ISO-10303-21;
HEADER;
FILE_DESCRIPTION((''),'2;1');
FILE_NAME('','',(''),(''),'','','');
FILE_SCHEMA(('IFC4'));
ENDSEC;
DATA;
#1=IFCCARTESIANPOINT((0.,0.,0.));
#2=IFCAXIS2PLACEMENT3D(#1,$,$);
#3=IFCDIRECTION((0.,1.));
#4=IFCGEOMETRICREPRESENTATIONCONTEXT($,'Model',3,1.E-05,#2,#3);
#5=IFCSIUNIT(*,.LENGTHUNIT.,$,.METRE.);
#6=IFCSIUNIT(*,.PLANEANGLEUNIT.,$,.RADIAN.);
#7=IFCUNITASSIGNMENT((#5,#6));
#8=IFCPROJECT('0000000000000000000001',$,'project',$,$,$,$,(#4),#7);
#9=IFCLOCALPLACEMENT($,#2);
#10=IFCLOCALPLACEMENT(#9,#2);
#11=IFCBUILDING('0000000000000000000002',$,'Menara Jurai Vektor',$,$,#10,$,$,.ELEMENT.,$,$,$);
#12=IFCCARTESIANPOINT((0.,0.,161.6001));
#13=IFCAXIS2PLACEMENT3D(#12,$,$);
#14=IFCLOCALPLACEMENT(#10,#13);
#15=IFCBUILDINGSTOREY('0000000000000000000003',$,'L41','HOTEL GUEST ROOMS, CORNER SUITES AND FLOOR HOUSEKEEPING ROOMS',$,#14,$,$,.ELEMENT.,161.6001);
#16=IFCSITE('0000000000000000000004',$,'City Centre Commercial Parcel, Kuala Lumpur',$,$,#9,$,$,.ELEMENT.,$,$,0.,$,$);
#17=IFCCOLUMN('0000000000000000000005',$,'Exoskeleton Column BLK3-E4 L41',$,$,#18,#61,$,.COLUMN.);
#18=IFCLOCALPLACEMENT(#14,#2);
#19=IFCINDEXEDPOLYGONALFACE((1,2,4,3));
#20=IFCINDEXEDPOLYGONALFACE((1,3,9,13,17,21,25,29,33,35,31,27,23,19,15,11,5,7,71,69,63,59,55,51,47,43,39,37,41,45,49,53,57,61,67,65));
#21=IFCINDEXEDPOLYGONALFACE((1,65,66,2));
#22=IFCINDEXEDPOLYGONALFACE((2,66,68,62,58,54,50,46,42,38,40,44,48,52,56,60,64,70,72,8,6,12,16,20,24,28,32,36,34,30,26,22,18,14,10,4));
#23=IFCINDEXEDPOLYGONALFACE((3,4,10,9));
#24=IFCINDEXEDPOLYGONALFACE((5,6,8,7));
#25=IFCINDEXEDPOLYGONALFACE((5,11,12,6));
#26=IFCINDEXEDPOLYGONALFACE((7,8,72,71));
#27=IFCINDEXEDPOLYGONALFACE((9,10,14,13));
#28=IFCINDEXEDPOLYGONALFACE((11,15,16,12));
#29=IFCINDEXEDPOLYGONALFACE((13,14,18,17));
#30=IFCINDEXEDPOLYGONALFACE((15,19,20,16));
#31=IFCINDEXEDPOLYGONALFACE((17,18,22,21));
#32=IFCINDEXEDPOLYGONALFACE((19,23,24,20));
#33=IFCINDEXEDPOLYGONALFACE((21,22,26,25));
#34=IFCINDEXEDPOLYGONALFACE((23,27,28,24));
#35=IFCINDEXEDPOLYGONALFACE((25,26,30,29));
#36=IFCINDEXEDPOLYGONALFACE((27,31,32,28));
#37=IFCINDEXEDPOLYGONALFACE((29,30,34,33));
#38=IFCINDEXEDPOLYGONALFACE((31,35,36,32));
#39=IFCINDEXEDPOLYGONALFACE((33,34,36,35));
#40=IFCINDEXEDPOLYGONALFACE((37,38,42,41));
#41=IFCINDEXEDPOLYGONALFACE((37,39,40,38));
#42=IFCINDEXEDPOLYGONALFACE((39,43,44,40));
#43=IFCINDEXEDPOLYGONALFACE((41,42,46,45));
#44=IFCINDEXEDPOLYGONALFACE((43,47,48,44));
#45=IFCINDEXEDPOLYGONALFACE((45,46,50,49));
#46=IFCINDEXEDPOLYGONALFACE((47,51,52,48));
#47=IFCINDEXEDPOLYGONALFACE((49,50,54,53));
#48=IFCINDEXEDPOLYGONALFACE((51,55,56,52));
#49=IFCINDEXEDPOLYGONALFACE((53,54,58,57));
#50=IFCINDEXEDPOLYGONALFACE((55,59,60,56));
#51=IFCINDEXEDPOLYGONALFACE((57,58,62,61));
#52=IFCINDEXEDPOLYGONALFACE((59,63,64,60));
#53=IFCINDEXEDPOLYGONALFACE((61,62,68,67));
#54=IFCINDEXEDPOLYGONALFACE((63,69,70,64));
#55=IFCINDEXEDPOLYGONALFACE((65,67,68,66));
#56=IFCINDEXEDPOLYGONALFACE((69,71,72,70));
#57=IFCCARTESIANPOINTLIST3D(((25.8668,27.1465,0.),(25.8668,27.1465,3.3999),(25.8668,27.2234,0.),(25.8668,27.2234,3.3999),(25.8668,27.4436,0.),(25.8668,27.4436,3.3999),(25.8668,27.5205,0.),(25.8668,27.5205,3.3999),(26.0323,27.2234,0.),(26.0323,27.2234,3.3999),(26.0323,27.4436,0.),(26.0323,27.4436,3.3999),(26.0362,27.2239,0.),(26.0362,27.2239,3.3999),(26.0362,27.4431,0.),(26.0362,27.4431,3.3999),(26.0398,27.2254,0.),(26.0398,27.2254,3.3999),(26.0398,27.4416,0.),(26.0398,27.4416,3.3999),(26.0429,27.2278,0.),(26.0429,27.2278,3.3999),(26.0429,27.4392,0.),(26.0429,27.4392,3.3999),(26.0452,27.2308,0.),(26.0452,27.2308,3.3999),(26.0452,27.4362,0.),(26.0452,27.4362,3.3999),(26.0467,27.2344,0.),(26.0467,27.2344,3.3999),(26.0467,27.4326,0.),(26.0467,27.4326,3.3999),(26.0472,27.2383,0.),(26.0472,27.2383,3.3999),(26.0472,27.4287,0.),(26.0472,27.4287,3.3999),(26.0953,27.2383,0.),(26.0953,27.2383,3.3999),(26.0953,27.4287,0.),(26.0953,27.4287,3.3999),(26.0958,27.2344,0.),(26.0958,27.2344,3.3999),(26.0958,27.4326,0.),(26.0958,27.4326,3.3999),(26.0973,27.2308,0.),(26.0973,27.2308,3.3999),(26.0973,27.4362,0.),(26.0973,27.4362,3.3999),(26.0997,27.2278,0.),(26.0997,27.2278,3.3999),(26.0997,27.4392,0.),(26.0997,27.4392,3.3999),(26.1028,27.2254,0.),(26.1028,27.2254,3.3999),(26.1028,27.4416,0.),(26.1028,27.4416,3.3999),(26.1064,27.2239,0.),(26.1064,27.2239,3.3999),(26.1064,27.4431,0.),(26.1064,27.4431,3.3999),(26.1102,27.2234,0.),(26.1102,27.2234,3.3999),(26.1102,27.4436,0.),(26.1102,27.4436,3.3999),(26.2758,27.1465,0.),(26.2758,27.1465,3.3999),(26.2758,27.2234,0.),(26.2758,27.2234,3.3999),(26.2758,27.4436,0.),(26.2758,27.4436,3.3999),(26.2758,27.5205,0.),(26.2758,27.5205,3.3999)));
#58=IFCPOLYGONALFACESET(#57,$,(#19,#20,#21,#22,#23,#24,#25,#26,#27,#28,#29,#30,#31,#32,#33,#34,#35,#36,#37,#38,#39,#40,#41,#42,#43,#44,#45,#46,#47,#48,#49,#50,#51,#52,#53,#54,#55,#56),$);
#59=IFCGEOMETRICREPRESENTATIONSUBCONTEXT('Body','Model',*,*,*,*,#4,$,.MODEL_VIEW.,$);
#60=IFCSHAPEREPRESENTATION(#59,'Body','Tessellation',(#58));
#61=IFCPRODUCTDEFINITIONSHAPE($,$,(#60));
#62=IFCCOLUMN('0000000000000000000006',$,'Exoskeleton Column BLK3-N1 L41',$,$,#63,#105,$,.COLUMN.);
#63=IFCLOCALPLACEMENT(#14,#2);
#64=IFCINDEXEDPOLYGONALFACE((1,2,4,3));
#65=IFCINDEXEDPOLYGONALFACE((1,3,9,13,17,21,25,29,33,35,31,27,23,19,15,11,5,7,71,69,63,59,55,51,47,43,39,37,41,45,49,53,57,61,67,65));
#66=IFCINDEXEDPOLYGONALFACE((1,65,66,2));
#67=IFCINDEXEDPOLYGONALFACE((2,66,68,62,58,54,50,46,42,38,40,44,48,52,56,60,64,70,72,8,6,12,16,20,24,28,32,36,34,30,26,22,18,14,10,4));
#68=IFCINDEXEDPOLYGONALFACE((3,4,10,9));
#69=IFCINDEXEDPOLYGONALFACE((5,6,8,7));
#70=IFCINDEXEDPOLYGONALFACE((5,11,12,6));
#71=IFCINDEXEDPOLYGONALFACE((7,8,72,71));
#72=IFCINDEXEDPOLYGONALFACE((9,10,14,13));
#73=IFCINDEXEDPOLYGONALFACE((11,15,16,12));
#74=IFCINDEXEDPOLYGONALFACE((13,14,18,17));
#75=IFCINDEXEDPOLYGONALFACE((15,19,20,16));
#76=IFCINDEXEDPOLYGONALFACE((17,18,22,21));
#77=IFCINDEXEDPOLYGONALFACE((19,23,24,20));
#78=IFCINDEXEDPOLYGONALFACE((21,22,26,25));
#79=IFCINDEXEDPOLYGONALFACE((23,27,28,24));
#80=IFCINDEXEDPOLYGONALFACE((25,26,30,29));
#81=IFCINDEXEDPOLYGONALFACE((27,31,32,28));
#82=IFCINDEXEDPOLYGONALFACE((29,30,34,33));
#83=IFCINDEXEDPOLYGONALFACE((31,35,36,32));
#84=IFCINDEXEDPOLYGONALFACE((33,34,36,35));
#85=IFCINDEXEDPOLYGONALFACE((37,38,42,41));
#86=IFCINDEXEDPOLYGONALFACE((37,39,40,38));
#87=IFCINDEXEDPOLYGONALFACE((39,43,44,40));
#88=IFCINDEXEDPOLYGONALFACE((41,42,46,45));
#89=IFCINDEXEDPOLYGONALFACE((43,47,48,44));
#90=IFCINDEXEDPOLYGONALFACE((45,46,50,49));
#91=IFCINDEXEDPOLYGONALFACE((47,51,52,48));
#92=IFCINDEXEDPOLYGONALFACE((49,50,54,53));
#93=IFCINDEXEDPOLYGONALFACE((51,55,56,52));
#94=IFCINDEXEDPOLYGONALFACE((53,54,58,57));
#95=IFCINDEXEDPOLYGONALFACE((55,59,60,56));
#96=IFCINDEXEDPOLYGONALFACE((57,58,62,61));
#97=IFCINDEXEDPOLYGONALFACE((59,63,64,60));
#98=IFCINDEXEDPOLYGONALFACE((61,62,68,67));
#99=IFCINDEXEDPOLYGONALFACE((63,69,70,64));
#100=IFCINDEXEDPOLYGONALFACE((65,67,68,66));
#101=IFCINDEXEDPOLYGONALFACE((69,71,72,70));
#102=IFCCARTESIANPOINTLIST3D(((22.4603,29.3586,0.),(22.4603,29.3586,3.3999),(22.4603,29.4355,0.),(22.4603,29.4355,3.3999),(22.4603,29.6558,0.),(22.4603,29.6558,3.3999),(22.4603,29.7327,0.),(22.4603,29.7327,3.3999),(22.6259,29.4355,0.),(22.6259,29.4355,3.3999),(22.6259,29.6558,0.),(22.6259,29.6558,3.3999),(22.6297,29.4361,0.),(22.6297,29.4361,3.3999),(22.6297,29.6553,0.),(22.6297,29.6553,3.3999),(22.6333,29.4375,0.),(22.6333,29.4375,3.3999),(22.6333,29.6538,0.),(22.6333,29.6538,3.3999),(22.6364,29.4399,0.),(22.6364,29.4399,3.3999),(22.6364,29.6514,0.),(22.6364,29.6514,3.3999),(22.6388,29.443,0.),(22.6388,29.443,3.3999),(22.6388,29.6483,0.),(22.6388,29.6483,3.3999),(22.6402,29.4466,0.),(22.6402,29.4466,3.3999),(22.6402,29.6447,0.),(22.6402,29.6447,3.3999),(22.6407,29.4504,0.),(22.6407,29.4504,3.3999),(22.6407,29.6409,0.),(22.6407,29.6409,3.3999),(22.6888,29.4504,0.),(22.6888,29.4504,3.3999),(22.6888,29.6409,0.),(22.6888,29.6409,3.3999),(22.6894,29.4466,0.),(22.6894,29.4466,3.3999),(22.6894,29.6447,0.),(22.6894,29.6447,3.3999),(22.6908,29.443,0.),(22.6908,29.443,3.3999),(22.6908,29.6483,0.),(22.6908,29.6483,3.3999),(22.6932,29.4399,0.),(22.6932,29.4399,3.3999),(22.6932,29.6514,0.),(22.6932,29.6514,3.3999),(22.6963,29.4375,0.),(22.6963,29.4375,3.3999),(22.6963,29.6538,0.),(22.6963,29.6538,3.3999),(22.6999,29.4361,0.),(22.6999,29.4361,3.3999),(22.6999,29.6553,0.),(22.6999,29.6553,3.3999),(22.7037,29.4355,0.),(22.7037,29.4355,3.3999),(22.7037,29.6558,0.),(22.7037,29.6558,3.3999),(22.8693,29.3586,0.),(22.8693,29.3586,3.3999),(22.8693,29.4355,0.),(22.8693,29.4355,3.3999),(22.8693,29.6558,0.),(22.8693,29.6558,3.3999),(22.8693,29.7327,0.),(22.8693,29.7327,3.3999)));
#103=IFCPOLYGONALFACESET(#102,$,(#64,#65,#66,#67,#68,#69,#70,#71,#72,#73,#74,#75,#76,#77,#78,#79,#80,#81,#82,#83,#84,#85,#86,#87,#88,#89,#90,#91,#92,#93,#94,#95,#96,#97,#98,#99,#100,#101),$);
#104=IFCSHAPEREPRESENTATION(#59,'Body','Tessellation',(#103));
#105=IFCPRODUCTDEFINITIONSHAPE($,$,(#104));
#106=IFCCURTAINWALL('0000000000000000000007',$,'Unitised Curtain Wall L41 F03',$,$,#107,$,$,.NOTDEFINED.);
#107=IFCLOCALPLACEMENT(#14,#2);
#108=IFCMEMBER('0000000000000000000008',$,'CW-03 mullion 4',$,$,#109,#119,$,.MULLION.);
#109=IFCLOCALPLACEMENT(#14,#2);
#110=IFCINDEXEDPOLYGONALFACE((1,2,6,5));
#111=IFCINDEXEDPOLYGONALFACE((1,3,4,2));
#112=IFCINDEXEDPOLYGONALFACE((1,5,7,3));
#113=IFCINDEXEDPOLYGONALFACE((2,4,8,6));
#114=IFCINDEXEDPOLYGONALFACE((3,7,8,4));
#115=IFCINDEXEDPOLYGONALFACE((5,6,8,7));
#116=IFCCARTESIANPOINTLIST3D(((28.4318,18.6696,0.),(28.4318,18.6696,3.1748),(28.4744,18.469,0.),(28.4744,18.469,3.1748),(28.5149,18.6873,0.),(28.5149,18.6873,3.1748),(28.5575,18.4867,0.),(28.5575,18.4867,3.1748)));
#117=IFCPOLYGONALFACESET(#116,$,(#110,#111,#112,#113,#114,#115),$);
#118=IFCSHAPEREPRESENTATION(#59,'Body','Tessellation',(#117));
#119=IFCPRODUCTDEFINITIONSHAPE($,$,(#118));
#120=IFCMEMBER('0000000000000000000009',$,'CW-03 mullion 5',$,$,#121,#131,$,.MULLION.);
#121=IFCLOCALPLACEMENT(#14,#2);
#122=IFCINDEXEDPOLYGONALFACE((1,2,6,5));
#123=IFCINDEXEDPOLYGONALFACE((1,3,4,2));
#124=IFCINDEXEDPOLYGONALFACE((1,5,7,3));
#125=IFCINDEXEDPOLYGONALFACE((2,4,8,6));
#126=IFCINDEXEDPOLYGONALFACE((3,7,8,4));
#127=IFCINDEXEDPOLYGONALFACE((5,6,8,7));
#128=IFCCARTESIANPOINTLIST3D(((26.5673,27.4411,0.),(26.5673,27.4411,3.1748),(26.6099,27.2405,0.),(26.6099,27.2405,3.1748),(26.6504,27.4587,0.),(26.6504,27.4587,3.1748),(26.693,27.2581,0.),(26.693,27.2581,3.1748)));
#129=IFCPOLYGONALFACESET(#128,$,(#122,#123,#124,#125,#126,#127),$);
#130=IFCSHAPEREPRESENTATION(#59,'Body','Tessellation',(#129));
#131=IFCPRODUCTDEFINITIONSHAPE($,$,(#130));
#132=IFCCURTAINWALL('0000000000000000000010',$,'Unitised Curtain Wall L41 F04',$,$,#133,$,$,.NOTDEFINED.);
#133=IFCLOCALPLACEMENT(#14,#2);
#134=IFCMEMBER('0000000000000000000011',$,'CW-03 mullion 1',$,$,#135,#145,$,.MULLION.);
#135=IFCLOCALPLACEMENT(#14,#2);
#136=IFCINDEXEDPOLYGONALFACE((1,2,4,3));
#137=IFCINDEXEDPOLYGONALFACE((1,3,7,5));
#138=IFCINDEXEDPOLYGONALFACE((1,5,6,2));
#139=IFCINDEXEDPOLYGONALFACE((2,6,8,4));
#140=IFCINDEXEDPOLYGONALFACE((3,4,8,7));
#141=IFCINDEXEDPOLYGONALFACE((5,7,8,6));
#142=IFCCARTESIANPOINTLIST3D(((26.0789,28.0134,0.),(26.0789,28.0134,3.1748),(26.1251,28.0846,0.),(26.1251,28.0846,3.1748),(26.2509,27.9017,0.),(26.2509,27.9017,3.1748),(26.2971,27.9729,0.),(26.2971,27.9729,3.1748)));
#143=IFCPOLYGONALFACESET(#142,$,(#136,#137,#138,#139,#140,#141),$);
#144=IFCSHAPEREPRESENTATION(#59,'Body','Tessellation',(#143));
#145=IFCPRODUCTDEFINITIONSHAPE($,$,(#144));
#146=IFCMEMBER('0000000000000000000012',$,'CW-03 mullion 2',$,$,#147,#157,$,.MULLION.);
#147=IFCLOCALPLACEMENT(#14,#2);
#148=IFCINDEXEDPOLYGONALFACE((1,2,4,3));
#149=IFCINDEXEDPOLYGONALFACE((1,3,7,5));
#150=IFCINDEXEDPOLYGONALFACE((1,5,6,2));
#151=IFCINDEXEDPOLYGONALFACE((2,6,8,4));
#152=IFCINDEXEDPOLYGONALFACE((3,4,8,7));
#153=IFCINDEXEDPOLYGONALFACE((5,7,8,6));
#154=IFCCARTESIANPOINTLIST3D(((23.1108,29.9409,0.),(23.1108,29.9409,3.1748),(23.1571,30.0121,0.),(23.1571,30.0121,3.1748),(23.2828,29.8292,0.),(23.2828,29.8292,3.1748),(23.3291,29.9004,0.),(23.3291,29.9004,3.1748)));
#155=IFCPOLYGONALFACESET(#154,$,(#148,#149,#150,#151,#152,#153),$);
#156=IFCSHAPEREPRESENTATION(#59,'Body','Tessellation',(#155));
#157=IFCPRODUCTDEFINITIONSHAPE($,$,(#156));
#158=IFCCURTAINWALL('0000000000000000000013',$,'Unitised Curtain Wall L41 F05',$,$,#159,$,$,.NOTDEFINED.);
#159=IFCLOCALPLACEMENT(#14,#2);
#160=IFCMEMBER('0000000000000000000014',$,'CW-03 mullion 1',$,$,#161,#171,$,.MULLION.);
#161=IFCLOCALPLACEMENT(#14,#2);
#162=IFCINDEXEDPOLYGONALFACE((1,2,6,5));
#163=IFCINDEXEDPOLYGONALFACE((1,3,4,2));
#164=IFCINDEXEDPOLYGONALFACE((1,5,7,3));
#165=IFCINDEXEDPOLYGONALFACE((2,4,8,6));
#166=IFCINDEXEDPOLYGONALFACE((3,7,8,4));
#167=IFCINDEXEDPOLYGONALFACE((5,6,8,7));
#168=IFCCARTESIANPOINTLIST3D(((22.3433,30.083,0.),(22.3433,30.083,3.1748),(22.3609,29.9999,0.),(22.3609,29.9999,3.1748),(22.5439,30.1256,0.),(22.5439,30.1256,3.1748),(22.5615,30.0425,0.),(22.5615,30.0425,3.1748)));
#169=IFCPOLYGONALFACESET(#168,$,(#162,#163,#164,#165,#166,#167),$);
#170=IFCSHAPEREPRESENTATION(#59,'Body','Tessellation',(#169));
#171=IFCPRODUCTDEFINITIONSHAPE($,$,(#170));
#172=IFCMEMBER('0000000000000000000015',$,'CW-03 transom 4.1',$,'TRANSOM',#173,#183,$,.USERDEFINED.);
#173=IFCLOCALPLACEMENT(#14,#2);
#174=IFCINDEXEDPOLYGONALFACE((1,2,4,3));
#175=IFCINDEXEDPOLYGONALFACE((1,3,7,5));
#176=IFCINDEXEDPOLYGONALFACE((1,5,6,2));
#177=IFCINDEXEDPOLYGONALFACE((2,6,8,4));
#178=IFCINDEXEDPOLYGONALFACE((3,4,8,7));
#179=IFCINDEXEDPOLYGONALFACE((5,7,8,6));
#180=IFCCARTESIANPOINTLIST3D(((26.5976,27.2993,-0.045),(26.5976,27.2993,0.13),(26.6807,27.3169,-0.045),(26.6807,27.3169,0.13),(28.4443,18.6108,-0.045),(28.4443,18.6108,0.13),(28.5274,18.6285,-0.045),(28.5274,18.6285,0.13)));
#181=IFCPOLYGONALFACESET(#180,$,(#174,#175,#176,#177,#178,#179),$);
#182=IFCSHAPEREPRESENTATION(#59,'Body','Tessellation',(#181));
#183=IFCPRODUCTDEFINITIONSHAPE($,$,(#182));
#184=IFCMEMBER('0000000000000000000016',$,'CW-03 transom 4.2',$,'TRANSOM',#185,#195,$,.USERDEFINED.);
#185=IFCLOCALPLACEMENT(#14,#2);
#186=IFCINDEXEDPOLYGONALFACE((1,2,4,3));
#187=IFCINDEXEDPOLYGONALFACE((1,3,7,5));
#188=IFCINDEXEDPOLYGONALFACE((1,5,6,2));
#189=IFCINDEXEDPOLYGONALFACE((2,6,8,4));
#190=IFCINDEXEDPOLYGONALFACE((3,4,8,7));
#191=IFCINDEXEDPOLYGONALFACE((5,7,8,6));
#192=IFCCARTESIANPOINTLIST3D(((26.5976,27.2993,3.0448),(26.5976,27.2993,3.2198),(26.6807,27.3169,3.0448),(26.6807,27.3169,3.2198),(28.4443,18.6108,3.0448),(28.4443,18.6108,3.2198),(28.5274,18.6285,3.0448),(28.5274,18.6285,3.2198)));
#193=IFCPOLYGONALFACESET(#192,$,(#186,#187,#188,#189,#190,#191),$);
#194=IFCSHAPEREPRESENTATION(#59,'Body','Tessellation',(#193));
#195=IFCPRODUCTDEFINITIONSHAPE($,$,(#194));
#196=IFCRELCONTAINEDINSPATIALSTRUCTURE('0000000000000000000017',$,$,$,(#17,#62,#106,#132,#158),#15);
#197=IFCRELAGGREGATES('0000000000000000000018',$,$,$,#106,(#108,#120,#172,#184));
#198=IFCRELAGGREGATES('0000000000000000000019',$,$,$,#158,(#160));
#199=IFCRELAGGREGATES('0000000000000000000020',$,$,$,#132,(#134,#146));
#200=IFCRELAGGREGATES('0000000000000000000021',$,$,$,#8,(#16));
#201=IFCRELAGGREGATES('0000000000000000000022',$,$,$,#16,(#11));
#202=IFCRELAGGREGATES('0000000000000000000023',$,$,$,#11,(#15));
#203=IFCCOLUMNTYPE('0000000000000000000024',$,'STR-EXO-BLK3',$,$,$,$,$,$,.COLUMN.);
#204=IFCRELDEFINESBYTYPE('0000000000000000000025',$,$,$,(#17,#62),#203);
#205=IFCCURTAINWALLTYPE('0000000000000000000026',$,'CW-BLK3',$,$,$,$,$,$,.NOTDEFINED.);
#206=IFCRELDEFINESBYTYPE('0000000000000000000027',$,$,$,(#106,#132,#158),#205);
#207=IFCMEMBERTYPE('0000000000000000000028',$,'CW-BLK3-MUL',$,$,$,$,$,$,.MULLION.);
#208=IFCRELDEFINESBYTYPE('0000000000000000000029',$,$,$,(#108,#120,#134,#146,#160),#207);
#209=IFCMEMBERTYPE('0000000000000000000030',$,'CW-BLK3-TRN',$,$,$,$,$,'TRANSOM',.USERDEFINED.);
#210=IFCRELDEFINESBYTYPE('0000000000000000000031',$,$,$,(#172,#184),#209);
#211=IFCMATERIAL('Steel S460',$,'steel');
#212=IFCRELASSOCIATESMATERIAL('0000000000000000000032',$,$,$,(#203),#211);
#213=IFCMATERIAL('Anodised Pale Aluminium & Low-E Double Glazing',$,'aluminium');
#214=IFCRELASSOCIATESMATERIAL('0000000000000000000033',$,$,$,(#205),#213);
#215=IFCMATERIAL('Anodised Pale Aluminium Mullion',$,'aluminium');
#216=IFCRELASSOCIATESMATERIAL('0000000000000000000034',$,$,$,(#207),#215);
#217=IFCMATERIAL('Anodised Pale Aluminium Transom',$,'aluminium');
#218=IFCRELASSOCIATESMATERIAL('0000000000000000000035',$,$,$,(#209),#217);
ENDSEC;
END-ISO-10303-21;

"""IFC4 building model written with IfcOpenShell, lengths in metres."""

from ifc_helpers import new_model, si_unit, direction, frame, origin, origin_2d, place, context, subcontext, project, spatial, rectangle, i_section, extrude, material, material_profile, profile_set, type_object, element, aggregate, save


model = new_model("IFC4")

# Units and contexts
model_context = context("Model", 3, precision=1e-05, world=origin(), true_north=direction((0.0, 1.0)))
body_context = subcontext(model_context, "Body", "Model", "MODEL_VIEW")
ifc_project = project(units=[si_unit("LENGTHUNIT", "METRE"), si_unit("PLANEANGLEUNIT", "RADIAN")], contexts=[model_context])

# Site, building, storey
site_placement = place(None, origin())
site = spatial("IfcSite", under=ifc_project, at=site_placement, Name="City Centre Commercial Parcel, Kuala Lumpur", CompositionType="ELEMENT", RefElevation=0.0)
building_placement = place(site_placement, origin())
building = spatial("IfcBuilding", under=site, at=building_placement, Name="Menara Jurai Vektor", CompositionType="ELEMENT")
storey_placement = place(building_placement, frame((0.0, 0.0, 161.6001)))
storey = spatial("IfcBuildingStorey", under=building, at=storey_placement, Name="L41", Description="HOTEL GUEST ROOMS, CORNER SUITES AND FLOOR HOUSEKEEPING ROOMS", CompositionType="ELEMENT", Elevation=161.6001)

# Columns
ifc_material_1 = material(Name="Steel S460", Category="steel")
ifc_material_profile_1 = material_profile(ifc_material_1, i_section(OverallWidth=0.4089, OverallDepth=0.374, WebThickness=0.0481, FlangeThickness=0.0769, FilletRadius=0.0149, at=origin_2d()), Name="HD 400x634")
ifc_profile_set_1 = profile_set([ifc_material_profile_1], Name="Steel S460")
column_type = type_object("IfcColumnType", Name="STR-EXO-BLK3", PredefinedType="COLUMN", material=ifc_profile_set_1)
for number, where, z_axis, x_axis, name in (
    (1, (26.0713, 27.3335, 0.0), (0.0, 0.0, 1.0), (1.0, 0.0, 0.0), "Exoskeleton Column BLK3-E4 L41"),
    (2, (22.6648, 29.5457, 0.0), (0.0, 0.0, 1.0), (1.0, 0.0, 0.0), "Exoskeleton Column BLK3-N1 L41"),
):
    element("IfcColumn", number, at=place(storey_placement, frame(where, z_axis=z_axis, x_axis=x_axis)), inside=storey, type_object=column_type, Name=name, PredefinedType="COLUMN", context=body_context, shape_type="SweptSolid", body=[
        extrude(i_section(OverallWidth=0.4089, OverallDepth=0.374, WebThickness=0.0481, FlangeThickness=0.0769, FilletRadius=0.0149, at=origin_2d()), origin(), (0.0, 0.0, 1.0), 3.3999),
    ])

# Curtain walls, members
ifc_material_2 = material(Name="Anodised Pale Aluminium & Low-E Double Glazing", Category="aluminium")
curtain_wall_type = type_object("IfcCurtainWallType", Name="CW-BLK3", PredefinedType="NOTDEFINED", material=ifc_material_2)
curtain_wall_1_placement = place(storey_placement, origin())
curtain_wall_1 = element("IfcCurtainWall", 3, at=curtain_wall_1_placement, inside=storey, type_object=curtain_wall_type, Name="Unitised Curtain Wall L41 F03", PredefinedType="NOTDEFINED")
ifc_material_3 = material(Name="Anodised Pale Aluminium Mullion", Category="aluminium")
ifc_material_profile_2 = material_profile(ifc_material_3, rectangle(XDim=0.085, YDim=0.2051, at=origin_2d()), Name="ALU MUL 85x205")
ifc_profile_set_2 = profile_set([ifc_material_profile_2], Name="Anodised Pale Aluminium Mullion")
member_type_1 = type_object("IfcMemberType", Name="CW-BLK3-MUL", PredefinedType="MULLION", material=ifc_profile_set_2)
member_1_placement = place(storey_placement, frame((28.4946, 18.5781, 0.0), z_axis=(0.0, 0.0, 1.0), x_axis=(-0.978148, -0.20791, 0.0)))
member_1 = element("IfcMember", 4, at=member_1_placement, type_object=member_type_1, Name="CW-03 mullion 4", PredefinedType="MULLION", context=body_context, shape_type="SweptSolid", body=[
    extrude(rectangle(XDim=0.085, YDim=0.2051, at=origin_2d()), origin(), (0.0, 0.0, 1.0), 3.1748),
])
member_2_placement = place(storey_placement, frame((26.6301, 27.3496, 0.0), z_axis=(0.0, 0.0, 1.0), x_axis=(-0.978148, -0.20791, 0.0)))
member_2 = element("IfcMember", 5, at=member_2_placement, type_object=member_type_1, Name="CW-03 mullion 5", PredefinedType="MULLION", context=body_context, shape_type="SweptSolid", body=[
    extrude(rectangle(XDim=0.085, YDim=0.2051, at=origin_2d()), origin(), (0.0, 0.0, 1.0), 3.1748),
])
curtain_wall_2_placement = place(storey_placement, origin())
curtain_wall_2 = element("IfcCurtainWall", 6, at=curtain_wall_2_placement, inside=storey, type_object=curtain_wall_type, Name="Unitised Curtain Wall L41 F04", PredefinedType="NOTDEFINED")
member_3_placement = place(storey_placement, frame((26.188, 27.9932, 0.0), z_axis=(0.0, 0.0, 1.0), x_axis=(-0.544618, -0.838684, 0.0)))
member_3 = element("IfcMember", 7, at=member_3_placement, type_object=member_type_1, Name="CW-03 mullion 1", PredefinedType="MULLION", context=body_context, shape_type="SweptSolid", body=[
    extrude(rectangle(XDim=0.085, YDim=0.2051, at=origin_2d()), origin(), (0.0, 0.0, 1.0), 3.1748),
])
member_4_placement = place(storey_placement, frame((23.22, 29.9207, 0.0), z_axis=(0.0, 0.0, 1.0), x_axis=(-0.544618, -0.838684, 0.0)))
member_4 = element("IfcMember", 8, at=member_4_placement, type_object=member_type_1, Name="CW-03 mullion 2", PredefinedType="MULLION", context=body_context, shape_type="SweptSolid", body=[
    extrude(rectangle(XDim=0.085, YDim=0.2051, at=origin_2d()), origin(), (0.0, 0.0, 1.0), 3.1748),
])

# Curtain wall, member
curtain_wall_3_placement = place(storey_placement, origin())
curtain_wall_3 = element("IfcCurtainWall", 9, at=curtain_wall_3_placement, inside=storey, type_object=curtain_wall_type, Name="Unitised Curtain Wall L41 F05", PredefinedType="NOTDEFINED")
member_5_placement = place(storey_placement, frame((22.4524, 30.0627, 0.0), z_axis=(0.0, 0.0, 1.0), x_axis=(0.207911, -0.978148, 0.0)))
member_5 = element("IfcMember", 10, at=member_5_placement, type_object=member_type_1, Name="CW-03 mullion 1", PredefinedType="MULLION", context=body_context, shape_type="SweptSolid", body=[
    extrude(rectangle(XDim=0.085, YDim=0.2051, at=origin_2d()), origin(), (0.0, 0.0, 1.0), 3.1748),
])

# Members
ifc_material_4 = material(Name="Anodised Pale Aluminium Transom", Category="aluminium")
ifc_material_profile_3 = material_profile(ifc_material_4, rectangle(XDim=0.085, YDim=0.175, at=origin_2d()), Name="ALU TRN 85x175")
ifc_profile_set_3 = profile_set([ifc_material_profile_3], Name="Anodised Pale Aluminium Transom")
member_type_2 = type_object("IfcMemberType", Name="CW-BLK3-TRN", ElementType="TRANSOM", PredefinedType="USERDEFINED", material=ifc_profile_set_3)
member_6_placement = place(storey_placement, frame((28.4858, 18.6196, 0.0425), z_axis=(-0.2079, 0.97815, 0.0), x_axis=(-0.97815, -0.2079, 0.0)))
member_6 = element("IfcMember", 11, at=member_6_placement, type_object=member_type_2, Name="CW-03 transom 4.1", ObjectType="TRANSOM", PredefinedType="USERDEFINED", context=body_context, shape_type="SweptSolid", body=[
    extrude(rectangle(XDim=0.085, YDim=0.175, at=origin_2d()), origin(), (0.0, 0.0, 1.0), 8.8826),
])
member_7_placement = place(storey_placement, frame((28.4858, 18.6196, 3.1323), z_axis=(-0.2079, 0.97815, 0.0), x_axis=(-0.97815, -0.2079, 0.0)))
member_7 = element("IfcMember", 12, at=member_7_placement, type_object=member_type_2, Name="CW-03 transom 4.2", ObjectType="TRANSOM", PredefinedType="USERDEFINED", context=body_context, shape_type="SweptSolid", body=[
    extrude(rectangle(XDim=0.085, YDim=0.175, at=origin_2d()), origin(), (0.0, 0.0, 1.0), 8.8826),
])

aggregate(curtain_wall_1, [member_1, member_2, member_6, member_7])
aggregate(curtain_wall_3, [member_5])
aggregate(curtain_wall_2, [member_3, member_4])

save(model, "model.ifc")
